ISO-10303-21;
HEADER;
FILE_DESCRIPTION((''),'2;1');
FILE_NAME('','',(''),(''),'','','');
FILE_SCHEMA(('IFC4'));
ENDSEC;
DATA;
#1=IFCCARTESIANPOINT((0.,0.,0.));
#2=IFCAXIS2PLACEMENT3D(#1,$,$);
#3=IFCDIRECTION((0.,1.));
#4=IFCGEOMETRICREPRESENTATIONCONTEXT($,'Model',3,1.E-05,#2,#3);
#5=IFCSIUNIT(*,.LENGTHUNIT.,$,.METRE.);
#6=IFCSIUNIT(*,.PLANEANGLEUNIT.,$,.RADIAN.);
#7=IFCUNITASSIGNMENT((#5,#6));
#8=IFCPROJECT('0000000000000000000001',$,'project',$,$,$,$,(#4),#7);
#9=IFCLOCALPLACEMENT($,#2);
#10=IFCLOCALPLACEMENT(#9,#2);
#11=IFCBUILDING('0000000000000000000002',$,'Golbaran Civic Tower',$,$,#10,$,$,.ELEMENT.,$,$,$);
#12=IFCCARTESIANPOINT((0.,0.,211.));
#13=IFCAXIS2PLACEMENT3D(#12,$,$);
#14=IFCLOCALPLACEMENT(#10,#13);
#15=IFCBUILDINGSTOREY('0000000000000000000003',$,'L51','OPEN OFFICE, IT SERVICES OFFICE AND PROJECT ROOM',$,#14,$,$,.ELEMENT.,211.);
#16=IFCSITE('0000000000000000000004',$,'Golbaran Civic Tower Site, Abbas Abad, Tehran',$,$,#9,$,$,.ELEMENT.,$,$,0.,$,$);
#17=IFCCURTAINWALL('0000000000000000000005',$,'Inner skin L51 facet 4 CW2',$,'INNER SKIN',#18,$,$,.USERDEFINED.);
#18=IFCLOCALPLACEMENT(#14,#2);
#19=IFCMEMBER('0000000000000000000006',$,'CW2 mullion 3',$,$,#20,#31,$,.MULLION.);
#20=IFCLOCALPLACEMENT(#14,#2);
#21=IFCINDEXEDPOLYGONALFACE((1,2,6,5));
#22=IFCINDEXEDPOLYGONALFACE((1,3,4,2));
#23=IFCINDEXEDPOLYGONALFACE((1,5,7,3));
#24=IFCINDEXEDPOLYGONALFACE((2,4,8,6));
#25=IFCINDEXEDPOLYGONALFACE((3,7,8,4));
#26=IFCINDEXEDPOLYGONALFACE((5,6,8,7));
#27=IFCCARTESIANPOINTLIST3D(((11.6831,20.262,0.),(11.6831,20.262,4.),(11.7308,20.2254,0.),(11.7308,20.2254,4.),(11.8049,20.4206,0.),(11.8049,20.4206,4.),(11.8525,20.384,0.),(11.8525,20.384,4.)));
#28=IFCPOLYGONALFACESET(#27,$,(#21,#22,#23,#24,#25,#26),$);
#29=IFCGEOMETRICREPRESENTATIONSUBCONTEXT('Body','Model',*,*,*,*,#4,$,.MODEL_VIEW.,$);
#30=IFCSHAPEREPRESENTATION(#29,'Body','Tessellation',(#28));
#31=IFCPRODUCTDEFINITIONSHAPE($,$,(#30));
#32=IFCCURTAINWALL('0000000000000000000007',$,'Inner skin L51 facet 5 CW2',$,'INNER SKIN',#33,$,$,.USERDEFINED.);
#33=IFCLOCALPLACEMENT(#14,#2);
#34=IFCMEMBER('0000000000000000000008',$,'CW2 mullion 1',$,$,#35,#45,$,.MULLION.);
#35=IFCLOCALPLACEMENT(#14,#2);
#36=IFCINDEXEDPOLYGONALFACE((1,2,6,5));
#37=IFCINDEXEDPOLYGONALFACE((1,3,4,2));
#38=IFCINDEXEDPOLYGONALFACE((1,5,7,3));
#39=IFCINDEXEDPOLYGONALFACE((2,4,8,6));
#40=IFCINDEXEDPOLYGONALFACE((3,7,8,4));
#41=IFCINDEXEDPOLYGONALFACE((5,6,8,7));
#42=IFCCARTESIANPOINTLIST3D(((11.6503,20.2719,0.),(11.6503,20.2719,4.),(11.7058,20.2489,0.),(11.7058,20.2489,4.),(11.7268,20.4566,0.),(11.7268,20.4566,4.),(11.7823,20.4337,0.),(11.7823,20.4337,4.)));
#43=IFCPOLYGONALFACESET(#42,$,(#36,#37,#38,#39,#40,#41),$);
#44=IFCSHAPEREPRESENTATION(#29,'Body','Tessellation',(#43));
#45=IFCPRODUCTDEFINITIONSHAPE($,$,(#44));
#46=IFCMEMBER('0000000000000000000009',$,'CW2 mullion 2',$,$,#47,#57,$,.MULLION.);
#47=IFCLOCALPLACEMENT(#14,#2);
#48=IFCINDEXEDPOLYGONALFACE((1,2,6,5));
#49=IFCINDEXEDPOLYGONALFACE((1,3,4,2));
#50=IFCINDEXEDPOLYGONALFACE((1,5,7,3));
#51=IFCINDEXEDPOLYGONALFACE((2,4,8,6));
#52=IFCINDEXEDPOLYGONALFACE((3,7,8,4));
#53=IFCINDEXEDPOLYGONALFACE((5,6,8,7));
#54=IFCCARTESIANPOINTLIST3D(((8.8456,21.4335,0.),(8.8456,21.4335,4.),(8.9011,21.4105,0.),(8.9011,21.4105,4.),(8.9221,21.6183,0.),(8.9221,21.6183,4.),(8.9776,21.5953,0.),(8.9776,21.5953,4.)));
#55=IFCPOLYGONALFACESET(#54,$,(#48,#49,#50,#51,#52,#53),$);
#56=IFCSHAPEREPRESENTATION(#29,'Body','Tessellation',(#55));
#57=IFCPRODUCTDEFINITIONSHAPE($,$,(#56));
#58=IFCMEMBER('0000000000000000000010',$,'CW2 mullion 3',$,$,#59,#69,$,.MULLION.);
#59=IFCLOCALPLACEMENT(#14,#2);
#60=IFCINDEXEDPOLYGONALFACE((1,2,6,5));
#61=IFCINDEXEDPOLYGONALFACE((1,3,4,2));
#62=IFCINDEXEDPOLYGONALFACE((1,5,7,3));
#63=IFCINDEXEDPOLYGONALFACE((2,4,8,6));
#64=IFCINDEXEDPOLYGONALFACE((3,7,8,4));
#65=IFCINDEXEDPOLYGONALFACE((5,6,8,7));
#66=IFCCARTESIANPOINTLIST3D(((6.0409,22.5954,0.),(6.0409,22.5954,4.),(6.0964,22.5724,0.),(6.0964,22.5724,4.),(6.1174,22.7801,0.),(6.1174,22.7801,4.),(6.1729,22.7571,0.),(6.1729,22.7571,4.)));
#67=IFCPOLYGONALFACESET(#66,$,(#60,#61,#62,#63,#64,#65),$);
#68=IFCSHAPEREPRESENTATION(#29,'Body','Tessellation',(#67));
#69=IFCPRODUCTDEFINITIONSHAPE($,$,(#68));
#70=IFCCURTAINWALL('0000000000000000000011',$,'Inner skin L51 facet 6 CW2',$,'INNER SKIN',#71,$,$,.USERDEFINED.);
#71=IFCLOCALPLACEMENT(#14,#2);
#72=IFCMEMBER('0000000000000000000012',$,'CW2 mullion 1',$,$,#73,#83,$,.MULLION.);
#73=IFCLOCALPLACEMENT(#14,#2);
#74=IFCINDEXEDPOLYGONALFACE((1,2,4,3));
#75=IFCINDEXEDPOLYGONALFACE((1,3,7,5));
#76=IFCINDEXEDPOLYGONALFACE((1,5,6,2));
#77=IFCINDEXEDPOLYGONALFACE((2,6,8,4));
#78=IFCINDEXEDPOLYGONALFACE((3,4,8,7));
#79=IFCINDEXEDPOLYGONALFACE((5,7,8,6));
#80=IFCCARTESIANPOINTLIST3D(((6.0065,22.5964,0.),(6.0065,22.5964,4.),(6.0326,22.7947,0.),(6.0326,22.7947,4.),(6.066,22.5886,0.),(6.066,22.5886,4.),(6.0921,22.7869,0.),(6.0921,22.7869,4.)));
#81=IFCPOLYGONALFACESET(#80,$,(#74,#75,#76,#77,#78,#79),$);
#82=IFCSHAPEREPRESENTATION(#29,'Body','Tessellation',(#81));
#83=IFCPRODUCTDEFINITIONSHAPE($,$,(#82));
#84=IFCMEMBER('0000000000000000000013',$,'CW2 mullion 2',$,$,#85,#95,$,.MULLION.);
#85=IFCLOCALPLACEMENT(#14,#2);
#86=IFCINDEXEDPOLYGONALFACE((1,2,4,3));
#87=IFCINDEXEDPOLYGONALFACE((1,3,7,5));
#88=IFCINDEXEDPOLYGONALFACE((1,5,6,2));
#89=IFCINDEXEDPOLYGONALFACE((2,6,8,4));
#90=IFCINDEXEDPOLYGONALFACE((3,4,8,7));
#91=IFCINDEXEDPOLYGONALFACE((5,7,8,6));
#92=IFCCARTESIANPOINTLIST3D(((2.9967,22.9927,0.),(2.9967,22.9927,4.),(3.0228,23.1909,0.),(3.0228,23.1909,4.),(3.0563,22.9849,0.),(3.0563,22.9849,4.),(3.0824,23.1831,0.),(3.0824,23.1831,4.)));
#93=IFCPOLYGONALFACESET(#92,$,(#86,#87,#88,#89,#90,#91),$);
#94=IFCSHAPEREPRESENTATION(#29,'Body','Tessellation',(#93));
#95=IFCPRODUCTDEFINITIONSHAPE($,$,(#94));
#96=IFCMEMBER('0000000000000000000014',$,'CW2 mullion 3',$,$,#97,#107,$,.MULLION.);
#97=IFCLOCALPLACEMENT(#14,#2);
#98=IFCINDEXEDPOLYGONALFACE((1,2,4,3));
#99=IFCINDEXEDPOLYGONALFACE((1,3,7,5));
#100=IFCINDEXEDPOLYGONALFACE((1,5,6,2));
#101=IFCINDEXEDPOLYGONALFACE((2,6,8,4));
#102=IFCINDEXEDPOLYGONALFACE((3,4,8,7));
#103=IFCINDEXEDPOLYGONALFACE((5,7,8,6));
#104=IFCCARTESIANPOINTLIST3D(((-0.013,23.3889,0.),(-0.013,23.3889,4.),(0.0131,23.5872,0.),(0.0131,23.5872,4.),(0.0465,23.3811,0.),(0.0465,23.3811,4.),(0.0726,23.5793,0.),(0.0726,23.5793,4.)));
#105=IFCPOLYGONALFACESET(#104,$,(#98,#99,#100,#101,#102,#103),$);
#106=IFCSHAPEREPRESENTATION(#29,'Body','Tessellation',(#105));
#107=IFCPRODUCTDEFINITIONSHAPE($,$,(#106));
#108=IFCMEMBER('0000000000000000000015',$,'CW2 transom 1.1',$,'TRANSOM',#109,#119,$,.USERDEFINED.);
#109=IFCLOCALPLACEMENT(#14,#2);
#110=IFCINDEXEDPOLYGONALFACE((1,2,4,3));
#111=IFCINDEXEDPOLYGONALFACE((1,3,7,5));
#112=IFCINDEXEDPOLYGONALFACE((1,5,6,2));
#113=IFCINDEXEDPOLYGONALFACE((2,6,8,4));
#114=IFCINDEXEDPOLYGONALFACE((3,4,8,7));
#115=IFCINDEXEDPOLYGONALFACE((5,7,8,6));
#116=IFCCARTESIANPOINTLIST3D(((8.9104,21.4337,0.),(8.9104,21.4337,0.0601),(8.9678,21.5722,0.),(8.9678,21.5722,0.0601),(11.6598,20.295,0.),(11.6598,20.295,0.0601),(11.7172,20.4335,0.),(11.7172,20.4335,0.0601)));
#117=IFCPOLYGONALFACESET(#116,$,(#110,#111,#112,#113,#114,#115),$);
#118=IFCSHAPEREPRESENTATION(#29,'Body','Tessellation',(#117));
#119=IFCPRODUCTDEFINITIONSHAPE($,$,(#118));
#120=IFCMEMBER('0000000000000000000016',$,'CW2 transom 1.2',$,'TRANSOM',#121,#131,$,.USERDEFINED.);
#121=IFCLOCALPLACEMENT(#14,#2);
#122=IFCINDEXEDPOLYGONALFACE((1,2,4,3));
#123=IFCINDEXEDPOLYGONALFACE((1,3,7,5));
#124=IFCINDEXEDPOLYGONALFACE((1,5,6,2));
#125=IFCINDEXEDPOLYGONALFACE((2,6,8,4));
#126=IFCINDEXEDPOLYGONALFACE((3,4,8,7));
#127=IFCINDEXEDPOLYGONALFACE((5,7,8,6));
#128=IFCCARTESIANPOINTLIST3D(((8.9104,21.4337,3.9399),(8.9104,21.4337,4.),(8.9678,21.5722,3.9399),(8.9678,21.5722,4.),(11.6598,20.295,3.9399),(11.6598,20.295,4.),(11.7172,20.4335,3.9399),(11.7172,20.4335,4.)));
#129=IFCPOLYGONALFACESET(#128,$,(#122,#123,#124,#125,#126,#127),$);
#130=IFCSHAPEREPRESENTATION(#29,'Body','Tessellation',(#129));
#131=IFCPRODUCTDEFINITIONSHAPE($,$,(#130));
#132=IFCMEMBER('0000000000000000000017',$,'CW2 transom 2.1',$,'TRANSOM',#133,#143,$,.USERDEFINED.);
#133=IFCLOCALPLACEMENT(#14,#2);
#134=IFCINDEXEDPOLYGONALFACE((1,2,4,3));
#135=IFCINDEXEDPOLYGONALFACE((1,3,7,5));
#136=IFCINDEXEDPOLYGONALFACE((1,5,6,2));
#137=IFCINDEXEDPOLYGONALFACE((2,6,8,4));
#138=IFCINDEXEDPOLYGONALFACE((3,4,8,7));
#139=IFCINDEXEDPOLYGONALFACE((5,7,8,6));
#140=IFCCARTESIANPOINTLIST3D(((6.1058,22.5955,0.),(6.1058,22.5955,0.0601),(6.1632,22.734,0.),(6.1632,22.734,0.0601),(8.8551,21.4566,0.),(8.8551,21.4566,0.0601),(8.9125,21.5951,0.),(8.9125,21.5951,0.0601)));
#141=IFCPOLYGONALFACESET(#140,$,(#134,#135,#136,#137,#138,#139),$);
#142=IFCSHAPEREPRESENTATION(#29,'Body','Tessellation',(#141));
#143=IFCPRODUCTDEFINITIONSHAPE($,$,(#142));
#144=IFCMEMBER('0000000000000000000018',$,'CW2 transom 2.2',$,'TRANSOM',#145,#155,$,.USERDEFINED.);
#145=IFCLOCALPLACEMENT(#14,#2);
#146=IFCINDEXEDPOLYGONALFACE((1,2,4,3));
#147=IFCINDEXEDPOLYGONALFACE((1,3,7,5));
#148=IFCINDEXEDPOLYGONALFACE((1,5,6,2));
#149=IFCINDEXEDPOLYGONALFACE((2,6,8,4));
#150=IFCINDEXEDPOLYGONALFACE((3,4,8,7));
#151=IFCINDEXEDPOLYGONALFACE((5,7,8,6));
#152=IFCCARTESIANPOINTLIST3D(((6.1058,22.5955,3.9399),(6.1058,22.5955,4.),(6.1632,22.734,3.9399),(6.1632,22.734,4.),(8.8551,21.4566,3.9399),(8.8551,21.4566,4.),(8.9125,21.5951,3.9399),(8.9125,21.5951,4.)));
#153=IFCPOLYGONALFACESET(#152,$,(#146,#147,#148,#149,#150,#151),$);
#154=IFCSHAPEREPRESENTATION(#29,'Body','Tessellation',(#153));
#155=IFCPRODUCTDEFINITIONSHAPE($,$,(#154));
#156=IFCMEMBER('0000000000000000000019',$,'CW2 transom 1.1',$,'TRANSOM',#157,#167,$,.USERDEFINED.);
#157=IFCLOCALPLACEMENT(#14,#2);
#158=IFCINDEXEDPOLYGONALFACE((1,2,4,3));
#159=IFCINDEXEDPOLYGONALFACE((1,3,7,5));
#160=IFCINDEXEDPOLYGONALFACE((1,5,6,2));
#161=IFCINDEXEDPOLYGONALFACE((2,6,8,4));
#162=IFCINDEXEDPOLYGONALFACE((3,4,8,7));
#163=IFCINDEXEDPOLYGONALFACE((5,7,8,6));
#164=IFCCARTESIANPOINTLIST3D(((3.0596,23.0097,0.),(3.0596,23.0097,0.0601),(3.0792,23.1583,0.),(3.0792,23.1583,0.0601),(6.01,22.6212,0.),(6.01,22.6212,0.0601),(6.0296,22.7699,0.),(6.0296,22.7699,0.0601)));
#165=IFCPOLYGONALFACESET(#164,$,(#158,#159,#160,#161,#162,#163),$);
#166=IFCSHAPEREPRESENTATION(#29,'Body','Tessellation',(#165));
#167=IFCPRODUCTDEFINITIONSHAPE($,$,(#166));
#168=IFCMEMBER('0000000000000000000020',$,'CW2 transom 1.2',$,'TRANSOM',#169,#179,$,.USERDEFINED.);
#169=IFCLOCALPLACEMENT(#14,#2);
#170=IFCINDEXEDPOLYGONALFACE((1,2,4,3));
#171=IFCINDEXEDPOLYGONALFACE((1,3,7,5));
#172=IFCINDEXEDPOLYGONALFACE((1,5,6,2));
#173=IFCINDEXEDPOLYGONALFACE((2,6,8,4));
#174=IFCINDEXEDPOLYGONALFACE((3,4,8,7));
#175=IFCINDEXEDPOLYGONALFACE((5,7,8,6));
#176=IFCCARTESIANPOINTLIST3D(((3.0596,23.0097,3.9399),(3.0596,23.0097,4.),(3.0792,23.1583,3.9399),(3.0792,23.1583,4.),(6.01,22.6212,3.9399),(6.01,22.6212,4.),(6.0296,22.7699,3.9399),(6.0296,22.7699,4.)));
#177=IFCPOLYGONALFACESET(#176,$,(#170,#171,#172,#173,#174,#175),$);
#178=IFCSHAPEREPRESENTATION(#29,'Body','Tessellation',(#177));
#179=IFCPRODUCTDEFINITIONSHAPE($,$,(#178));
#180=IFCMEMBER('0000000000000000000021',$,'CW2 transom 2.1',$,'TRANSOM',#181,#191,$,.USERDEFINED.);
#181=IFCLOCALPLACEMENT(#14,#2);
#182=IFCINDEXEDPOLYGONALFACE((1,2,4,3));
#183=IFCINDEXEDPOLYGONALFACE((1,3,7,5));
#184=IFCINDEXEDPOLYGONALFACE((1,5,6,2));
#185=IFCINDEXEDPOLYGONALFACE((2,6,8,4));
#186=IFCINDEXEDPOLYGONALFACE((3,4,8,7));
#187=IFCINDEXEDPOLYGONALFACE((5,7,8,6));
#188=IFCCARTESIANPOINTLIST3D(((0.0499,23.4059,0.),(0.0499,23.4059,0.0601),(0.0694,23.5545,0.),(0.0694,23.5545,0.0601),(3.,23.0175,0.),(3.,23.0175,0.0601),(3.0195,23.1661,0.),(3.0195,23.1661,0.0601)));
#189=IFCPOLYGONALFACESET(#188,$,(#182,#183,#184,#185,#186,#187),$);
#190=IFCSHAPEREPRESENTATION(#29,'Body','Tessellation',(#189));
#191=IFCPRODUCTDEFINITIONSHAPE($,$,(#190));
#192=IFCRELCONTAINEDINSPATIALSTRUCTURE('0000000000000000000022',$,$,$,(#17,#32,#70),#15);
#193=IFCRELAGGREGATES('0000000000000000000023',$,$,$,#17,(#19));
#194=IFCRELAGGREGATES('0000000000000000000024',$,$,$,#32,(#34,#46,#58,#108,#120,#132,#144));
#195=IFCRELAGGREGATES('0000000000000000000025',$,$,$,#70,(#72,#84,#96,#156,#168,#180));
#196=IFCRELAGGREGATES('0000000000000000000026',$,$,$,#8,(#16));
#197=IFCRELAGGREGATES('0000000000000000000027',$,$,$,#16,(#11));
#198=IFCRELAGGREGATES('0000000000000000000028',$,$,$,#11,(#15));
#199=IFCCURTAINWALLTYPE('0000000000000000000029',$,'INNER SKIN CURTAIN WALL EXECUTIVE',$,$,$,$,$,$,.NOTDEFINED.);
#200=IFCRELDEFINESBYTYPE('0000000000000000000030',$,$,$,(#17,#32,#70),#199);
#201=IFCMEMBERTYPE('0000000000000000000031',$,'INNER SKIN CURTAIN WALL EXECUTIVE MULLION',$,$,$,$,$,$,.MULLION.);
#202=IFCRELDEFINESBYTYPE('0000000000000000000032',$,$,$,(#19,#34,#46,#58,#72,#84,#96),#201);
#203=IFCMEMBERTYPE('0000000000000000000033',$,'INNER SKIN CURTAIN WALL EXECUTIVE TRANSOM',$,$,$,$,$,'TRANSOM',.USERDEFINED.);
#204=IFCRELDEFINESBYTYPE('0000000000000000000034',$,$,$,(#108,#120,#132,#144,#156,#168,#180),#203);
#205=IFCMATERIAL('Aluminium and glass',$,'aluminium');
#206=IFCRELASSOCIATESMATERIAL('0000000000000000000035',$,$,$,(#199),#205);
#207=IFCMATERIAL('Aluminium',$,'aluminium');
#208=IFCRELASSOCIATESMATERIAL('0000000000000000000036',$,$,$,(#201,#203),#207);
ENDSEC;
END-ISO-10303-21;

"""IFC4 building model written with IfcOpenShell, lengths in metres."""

from ifc_helpers import new_model, si_unit, direction, frame, origin, origin_2d, place, context, subcontext, project, spatial, rectangle, extrude, material, material_profile, profile_set, type_object, element, aggregate, save


model = new_model("IFC4")

# Units and contexts
model_context = context("Model", 3, precision=1e-05, world=origin(), true_north=direction((0.0, 1.0)))
body_context = subcontext(model_context, "Body", "Model", "MODEL_VIEW")
ifc_project = project(units=[si_unit("LENGTHUNIT", "METRE"), si_unit("PLANEANGLEUNIT", "RADIAN")], contexts=[model_context])

# Site, building, storey
site_placement = place(None, origin())
site = spatial("IfcSite", under=ifc_project, at=site_placement, Name="Golbaran Civic Tower Site, Abbas Abad, Tehran", CompositionType="ELEMENT", RefElevation=0.0)
building_placement = place(site_placement, origin())
building = spatial("IfcBuilding", under=site, at=building_placement, Name="Golbaran Civic Tower", CompositionType="ELEMENT")
storey_placement = place(building_placement, frame((0.0, 0.0, 211.0)))
storey = spatial("IfcBuildingStorey", under=building, at=storey_placement, Name="L51", Description="OPEN OFFICE, IT SERVICES OFFICE AND PROJECT ROOM", CompositionType="ELEMENT", Elevation=211.0)

# Curtain wall, member
ifc_material_1 = material(Name="Aluminium and glass", Category="aluminium")
curtain_wall_type = type_object("IfcCurtainWallType", Name="INNER SKIN CURTAIN WALL EXECUTIVE", PredefinedType="NOTDEFINED", material=ifc_material_1)
curtain_wall_1_placement = place(storey_placement, origin())
curtain_wall_1 = element("IfcCurtainWall", 1, at=curtain_wall_1_placement, inside=storey, type_object=curtain_wall_type, Name="Inner skin L51 facet 4 CW2", ObjectType="INNER SKIN", PredefinedType="USERDEFINED")
ifc_material_2 = material(Name="Aluminium", Category="aluminium")
ifc_material_profile_1 = material_profile(ifc_material_2, rectangle(XDim=0.2, YDim=0.0601, at=origin_2d()), Name="INNER SKIN CURTAIN WALL EXECUTIVE MULLION")
ifc_profile_set_1 = profile_set([ifc_material_profile_1], Name="Aluminium")
member_type_1 = type_object("IfcMemberType", Name="INNER SKIN CURTAIN WALL EXECUTIVE MULLION", PredefinedType="MULLION", material=ifc_profile_set_1)
member_1_placement = place(storey_placement, frame((11.7678, 20.323, 0.0), z_axis=(0.0, 0.0, 1.0), x_axis=(-0.608761, -0.793353, 0.0)))
member_1 = element("IfcMember", 2, at=member_1_placement, type_object=member_type_1, Name="CW2 mullion 3", PredefinedType="MULLION", context=body_context, shape_type="SweptSolid", body=[
    extrude(rectangle(XDim=0.2, YDim=0.0601, at=origin_2d()), origin(), (0.0, 0.0, 1.0), 4.0),
])
aggregate(curtain_wall_1, [member_1])

# Curtain walls, members
curtain_wall_2_placement = place(storey_placement, origin())
curtain_wall_2 = element("IfcCurtainWall", 3, at=curtain_wall_2_placement, inside=storey, type_object=curtain_wall_type, Name="Inner skin L51 facet 5 CW2", ObjectType="INNER SKIN", PredefinedType="USERDEFINED")
member_2_placement = place(storey_placement, frame((11.7163, 20.3528, 0.0), z_axis=(0.0, 0.0, 1.0), x_axis=(-0.382683, -0.92388, 0.0)))
member_2 = element("IfcMember", 4, at=member_2_placement, type_object=member_type_1, Name="CW2 mullion 1", PredefinedType="MULLION", context=body_context, shape_type="SweptSolid", body=[
    extrude(rectangle(XDim=0.2, YDim=0.0601, at=origin_2d()), origin(), (0.0, 0.0, 1.0), 4.0),
])
member_3_placement = place(storey_placement, frame((8.9116, 21.5144, 0.0), z_axis=(0.0, 0.0, 1.0), x_axis=(-0.382683, -0.92388, 0.0)))
member_3 = element("IfcMember", 5, at=member_3_placement, type_object=member_type_1, Name="CW2 mullion 2", PredefinedType="MULLION", context=body_context, shape_type="SweptSolid", body=[
    extrude(rectangle(XDim=0.2, YDim=0.0601, at=origin_2d()), origin(), (0.0, 0.0, 1.0), 4.0),
])
member_4_placement = place(storey_placement, frame((6.1069, 22.6763, 0.0), z_axis=(0.0, 0.0, 1.0), x_axis=(-0.382683, -0.92388, 0.0)))
member_4 = element("IfcMember", 6, at=member_4_placement, type_object=member_type_1, Name="CW2 mullion 3", PredefinedType="MULLION", context=body_context, shape_type="SweptSolid", body=[
    extrude(rectangle(XDim=0.2, YDim=0.0601, at=origin_2d()), origin(), (0.0, 0.0, 1.0), 4.0),
])
curtain_wall_3_placement = place(storey_placement, origin())
curtain_wall_3 = element("IfcCurtainWall", 7, at=curtain_wall_3_placement, inside=storey, type_object=curtain_wall_type, Name="Inner skin L51 facet 6 CW2", ObjectType="INNER SKIN", PredefinedType="USERDEFINED")
member_5_placement = place(storey_placement, frame((6.0493, 22.6917, 0.0), z_axis=(0.0, 0.0, 1.0), x_axis=(-0.130526, -0.991445, 0.0)))
member_5 = element("IfcMember", 8, at=member_5_placement, type_object=member_type_1, Name="CW2 mullion 1", PredefinedType="MULLION", context=body_context, shape_type="SweptSolid", body=[
    extrude(rectangle(XDim=0.2, YDim=0.0601, at=origin_2d()), origin(), (0.0, 0.0, 1.0), 4.0),
])
member_6_placement = place(storey_placement, frame((3.0396, 23.0879, 0.0), z_axis=(0.0, 0.0, 1.0), x_axis=(-0.130526, -0.991445, 0.0)))
member_6 = element("IfcMember", 9, at=member_6_placement, type_object=member_type_1, Name="CW2 mullion 2", PredefinedType="MULLION", context=body_context, shape_type="SweptSolid", body=[
    extrude(rectangle(XDim=0.2, YDim=0.0601, at=origin_2d()), origin(), (0.0, 0.0, 1.0), 4.0),
])
member_7_placement = place(storey_placement, frame((0.0298, 23.4841, 0.0), z_axis=(0.0, 0.0, 1.0), x_axis=(-0.130526, -0.991445, 0.0)))
member_7 = element("IfcMember", 10, at=member_7_placement, type_object=member_type_1, Name="CW2 mullion 3", PredefinedType="MULLION", context=body_context, shape_type="SweptSolid", body=[
    extrude(rectangle(XDim=0.2, YDim=0.0601, at=origin_2d()), origin(), (0.0, 0.0, 1.0), 4.0),
])

# Members
ifc_material_profile_2 = material_profile(ifc_material_2, rectangle(XDim=0.1499, YDim=0.0601, at=origin_2d()), Name="INNER SKIN CURTAIN WALL EXECUTIVE TRANSOM")
ifc_profile_set_2 = profile_set([ifc_material_profile_2], Name="Aluminium")
member_type_2 = type_object("IfcMemberType", Name="INNER SKIN CURTAIN WALL EXECUTIVE TRANSOM", ElementType="TRANSOM", PredefinedType="USERDEFINED", material=ifc_profile_set_2)
member_8_placement = place(storey_placement, frame((11.6885, 20.3643, 0.03), z_axis=(-0.923893, 0.382651, 0.0), x_axis=(-0.382651, -0.923893, 0.0)))
member_8 = element("IfcMember", 11, at=member_8_placement, type_object=member_type_2, Name="CW2 transom 1.1", ObjectType="TRANSOM", PredefinedType="USERDEFINED", context=body_context, shape_type="SweptSolid", body=[
    extrude(rectangle(XDim=0.1499, YDim=0.0601, at=origin_2d()), origin(), (0.0, 0.0, 1.0), 2.9758),
])
member_9_placement = place(storey_placement, frame((11.6885, 20.3643, 3.97), z_axis=(-0.923893, 0.382651, 0.0), x_axis=(-0.382651, -0.923893, 0.0)))
member_9 = element("IfcMember", 12, at=member_9_placement, type_object=member_type_2, Name="CW2 transom 1.2", ObjectType="TRANSOM", PredefinedType="USERDEFINED", context=body_context, shape_type="SweptSolid", body=[
    extrude(rectangle(XDim=0.1499, YDim=0.0601, at=origin_2d()), origin(), (0.0, 0.0, 1.0), 2.9758),
])
member_10_placement = place(storey_placement, frame((8.8838, 21.5259, 0.03), z_axis=(-0.923864, 0.382721, 0.0), x_axis=(-0.382721, -0.923864, 0.0)))
member_10 = element("IfcMember", 13, at=member_10_placement, type_object=member_type_2, Name="CW2 transom 2.1", ObjectType="TRANSOM", PredefinedType="USERDEFINED", context=body_context, shape_type="SweptSolid", body=[
    extrude(rectangle(XDim=0.1499, YDim=0.0601, at=origin_2d()), origin(), (0.0, 0.0, 1.0), 2.9758),
])
member_11_placement = place(storey_placement, frame((8.8838, 21.5259, 3.97), z_axis=(-0.923864, 0.382721, 0.0), x_axis=(-0.382721, -0.923864, 0.0)))
member_11 = element("IfcMember", 14, at=member_11_placement, type_object=member_type_2, Name="CW2 transom 2.2", ObjectType="TRANSOM", PredefinedType="USERDEFINED", context=body_context, shape_type="SweptSolid", body=[
    extrude(rectangle(XDim=0.1499, YDim=0.0601, at=origin_2d()), origin(), (0.0, 0.0, 1.0), 2.9758),
])
member_12_placement = place(storey_placement, frame((6.0198, 22.6956, 0.03), z_axis=(-0.991445, 0.130525, 0.0), x_axis=(-0.130525, -0.991445, 0.0)))
member_12 = element("IfcMember", 15, at=member_12_placement, type_object=member_type_2, Name="CW2 transom 1.1", ObjectType="TRANSOM", PredefinedType="USERDEFINED", context=body_context, shape_type="SweptSolid", body=[
    extrude(rectangle(XDim=0.1499, YDim=0.0601, at=origin_2d()), origin(), (0.0, 0.0, 1.0), 2.9758),
])
member_13_placement = place(storey_placement, frame((6.0198, 22.6956, 3.97), z_axis=(-0.991445, 0.130525, 0.0), x_axis=(-0.130525, -0.991445, 0.0)))
member_13 = element("IfcMember", 16, at=member_13_placement, type_object=member_type_2, Name="CW2 transom 1.2", ObjectType="TRANSOM", PredefinedType="USERDEFINED", context=body_context, shape_type="SweptSolid", body=[
    extrude(rectangle(XDim=0.1499, YDim=0.0601, at=origin_2d()), origin(), (0.0, 0.0, 1.0), 2.9758),
])
member_14_placement = place(storey_placement, frame((3.0098, 23.0918, 0.03), z_axis=(-0.991444, 0.130535, 0.0), x_axis=(-0.130535, -0.991444, 0.0)))
member_14 = element("IfcMember", 17, at=member_14_placement, type_object=member_type_2, Name="CW2 transom 2.1", ObjectType="TRANSOM", PredefinedType="USERDEFINED", context=body_context, shape_type="SweptSolid", body=[
    extrude(rectangle(XDim=0.1499, YDim=0.0601, at=origin_2d()), origin(), (0.0, 0.0, 1.0), 2.9756),
])

aggregate(curtain_wall_2, [member_2, member_3, member_4, member_8, member_9, member_10, member_11])
aggregate(curtain_wall_3, [member_5, member_6, member_7, member_12, member_13, member_14])

save(model, "model.ifc")
